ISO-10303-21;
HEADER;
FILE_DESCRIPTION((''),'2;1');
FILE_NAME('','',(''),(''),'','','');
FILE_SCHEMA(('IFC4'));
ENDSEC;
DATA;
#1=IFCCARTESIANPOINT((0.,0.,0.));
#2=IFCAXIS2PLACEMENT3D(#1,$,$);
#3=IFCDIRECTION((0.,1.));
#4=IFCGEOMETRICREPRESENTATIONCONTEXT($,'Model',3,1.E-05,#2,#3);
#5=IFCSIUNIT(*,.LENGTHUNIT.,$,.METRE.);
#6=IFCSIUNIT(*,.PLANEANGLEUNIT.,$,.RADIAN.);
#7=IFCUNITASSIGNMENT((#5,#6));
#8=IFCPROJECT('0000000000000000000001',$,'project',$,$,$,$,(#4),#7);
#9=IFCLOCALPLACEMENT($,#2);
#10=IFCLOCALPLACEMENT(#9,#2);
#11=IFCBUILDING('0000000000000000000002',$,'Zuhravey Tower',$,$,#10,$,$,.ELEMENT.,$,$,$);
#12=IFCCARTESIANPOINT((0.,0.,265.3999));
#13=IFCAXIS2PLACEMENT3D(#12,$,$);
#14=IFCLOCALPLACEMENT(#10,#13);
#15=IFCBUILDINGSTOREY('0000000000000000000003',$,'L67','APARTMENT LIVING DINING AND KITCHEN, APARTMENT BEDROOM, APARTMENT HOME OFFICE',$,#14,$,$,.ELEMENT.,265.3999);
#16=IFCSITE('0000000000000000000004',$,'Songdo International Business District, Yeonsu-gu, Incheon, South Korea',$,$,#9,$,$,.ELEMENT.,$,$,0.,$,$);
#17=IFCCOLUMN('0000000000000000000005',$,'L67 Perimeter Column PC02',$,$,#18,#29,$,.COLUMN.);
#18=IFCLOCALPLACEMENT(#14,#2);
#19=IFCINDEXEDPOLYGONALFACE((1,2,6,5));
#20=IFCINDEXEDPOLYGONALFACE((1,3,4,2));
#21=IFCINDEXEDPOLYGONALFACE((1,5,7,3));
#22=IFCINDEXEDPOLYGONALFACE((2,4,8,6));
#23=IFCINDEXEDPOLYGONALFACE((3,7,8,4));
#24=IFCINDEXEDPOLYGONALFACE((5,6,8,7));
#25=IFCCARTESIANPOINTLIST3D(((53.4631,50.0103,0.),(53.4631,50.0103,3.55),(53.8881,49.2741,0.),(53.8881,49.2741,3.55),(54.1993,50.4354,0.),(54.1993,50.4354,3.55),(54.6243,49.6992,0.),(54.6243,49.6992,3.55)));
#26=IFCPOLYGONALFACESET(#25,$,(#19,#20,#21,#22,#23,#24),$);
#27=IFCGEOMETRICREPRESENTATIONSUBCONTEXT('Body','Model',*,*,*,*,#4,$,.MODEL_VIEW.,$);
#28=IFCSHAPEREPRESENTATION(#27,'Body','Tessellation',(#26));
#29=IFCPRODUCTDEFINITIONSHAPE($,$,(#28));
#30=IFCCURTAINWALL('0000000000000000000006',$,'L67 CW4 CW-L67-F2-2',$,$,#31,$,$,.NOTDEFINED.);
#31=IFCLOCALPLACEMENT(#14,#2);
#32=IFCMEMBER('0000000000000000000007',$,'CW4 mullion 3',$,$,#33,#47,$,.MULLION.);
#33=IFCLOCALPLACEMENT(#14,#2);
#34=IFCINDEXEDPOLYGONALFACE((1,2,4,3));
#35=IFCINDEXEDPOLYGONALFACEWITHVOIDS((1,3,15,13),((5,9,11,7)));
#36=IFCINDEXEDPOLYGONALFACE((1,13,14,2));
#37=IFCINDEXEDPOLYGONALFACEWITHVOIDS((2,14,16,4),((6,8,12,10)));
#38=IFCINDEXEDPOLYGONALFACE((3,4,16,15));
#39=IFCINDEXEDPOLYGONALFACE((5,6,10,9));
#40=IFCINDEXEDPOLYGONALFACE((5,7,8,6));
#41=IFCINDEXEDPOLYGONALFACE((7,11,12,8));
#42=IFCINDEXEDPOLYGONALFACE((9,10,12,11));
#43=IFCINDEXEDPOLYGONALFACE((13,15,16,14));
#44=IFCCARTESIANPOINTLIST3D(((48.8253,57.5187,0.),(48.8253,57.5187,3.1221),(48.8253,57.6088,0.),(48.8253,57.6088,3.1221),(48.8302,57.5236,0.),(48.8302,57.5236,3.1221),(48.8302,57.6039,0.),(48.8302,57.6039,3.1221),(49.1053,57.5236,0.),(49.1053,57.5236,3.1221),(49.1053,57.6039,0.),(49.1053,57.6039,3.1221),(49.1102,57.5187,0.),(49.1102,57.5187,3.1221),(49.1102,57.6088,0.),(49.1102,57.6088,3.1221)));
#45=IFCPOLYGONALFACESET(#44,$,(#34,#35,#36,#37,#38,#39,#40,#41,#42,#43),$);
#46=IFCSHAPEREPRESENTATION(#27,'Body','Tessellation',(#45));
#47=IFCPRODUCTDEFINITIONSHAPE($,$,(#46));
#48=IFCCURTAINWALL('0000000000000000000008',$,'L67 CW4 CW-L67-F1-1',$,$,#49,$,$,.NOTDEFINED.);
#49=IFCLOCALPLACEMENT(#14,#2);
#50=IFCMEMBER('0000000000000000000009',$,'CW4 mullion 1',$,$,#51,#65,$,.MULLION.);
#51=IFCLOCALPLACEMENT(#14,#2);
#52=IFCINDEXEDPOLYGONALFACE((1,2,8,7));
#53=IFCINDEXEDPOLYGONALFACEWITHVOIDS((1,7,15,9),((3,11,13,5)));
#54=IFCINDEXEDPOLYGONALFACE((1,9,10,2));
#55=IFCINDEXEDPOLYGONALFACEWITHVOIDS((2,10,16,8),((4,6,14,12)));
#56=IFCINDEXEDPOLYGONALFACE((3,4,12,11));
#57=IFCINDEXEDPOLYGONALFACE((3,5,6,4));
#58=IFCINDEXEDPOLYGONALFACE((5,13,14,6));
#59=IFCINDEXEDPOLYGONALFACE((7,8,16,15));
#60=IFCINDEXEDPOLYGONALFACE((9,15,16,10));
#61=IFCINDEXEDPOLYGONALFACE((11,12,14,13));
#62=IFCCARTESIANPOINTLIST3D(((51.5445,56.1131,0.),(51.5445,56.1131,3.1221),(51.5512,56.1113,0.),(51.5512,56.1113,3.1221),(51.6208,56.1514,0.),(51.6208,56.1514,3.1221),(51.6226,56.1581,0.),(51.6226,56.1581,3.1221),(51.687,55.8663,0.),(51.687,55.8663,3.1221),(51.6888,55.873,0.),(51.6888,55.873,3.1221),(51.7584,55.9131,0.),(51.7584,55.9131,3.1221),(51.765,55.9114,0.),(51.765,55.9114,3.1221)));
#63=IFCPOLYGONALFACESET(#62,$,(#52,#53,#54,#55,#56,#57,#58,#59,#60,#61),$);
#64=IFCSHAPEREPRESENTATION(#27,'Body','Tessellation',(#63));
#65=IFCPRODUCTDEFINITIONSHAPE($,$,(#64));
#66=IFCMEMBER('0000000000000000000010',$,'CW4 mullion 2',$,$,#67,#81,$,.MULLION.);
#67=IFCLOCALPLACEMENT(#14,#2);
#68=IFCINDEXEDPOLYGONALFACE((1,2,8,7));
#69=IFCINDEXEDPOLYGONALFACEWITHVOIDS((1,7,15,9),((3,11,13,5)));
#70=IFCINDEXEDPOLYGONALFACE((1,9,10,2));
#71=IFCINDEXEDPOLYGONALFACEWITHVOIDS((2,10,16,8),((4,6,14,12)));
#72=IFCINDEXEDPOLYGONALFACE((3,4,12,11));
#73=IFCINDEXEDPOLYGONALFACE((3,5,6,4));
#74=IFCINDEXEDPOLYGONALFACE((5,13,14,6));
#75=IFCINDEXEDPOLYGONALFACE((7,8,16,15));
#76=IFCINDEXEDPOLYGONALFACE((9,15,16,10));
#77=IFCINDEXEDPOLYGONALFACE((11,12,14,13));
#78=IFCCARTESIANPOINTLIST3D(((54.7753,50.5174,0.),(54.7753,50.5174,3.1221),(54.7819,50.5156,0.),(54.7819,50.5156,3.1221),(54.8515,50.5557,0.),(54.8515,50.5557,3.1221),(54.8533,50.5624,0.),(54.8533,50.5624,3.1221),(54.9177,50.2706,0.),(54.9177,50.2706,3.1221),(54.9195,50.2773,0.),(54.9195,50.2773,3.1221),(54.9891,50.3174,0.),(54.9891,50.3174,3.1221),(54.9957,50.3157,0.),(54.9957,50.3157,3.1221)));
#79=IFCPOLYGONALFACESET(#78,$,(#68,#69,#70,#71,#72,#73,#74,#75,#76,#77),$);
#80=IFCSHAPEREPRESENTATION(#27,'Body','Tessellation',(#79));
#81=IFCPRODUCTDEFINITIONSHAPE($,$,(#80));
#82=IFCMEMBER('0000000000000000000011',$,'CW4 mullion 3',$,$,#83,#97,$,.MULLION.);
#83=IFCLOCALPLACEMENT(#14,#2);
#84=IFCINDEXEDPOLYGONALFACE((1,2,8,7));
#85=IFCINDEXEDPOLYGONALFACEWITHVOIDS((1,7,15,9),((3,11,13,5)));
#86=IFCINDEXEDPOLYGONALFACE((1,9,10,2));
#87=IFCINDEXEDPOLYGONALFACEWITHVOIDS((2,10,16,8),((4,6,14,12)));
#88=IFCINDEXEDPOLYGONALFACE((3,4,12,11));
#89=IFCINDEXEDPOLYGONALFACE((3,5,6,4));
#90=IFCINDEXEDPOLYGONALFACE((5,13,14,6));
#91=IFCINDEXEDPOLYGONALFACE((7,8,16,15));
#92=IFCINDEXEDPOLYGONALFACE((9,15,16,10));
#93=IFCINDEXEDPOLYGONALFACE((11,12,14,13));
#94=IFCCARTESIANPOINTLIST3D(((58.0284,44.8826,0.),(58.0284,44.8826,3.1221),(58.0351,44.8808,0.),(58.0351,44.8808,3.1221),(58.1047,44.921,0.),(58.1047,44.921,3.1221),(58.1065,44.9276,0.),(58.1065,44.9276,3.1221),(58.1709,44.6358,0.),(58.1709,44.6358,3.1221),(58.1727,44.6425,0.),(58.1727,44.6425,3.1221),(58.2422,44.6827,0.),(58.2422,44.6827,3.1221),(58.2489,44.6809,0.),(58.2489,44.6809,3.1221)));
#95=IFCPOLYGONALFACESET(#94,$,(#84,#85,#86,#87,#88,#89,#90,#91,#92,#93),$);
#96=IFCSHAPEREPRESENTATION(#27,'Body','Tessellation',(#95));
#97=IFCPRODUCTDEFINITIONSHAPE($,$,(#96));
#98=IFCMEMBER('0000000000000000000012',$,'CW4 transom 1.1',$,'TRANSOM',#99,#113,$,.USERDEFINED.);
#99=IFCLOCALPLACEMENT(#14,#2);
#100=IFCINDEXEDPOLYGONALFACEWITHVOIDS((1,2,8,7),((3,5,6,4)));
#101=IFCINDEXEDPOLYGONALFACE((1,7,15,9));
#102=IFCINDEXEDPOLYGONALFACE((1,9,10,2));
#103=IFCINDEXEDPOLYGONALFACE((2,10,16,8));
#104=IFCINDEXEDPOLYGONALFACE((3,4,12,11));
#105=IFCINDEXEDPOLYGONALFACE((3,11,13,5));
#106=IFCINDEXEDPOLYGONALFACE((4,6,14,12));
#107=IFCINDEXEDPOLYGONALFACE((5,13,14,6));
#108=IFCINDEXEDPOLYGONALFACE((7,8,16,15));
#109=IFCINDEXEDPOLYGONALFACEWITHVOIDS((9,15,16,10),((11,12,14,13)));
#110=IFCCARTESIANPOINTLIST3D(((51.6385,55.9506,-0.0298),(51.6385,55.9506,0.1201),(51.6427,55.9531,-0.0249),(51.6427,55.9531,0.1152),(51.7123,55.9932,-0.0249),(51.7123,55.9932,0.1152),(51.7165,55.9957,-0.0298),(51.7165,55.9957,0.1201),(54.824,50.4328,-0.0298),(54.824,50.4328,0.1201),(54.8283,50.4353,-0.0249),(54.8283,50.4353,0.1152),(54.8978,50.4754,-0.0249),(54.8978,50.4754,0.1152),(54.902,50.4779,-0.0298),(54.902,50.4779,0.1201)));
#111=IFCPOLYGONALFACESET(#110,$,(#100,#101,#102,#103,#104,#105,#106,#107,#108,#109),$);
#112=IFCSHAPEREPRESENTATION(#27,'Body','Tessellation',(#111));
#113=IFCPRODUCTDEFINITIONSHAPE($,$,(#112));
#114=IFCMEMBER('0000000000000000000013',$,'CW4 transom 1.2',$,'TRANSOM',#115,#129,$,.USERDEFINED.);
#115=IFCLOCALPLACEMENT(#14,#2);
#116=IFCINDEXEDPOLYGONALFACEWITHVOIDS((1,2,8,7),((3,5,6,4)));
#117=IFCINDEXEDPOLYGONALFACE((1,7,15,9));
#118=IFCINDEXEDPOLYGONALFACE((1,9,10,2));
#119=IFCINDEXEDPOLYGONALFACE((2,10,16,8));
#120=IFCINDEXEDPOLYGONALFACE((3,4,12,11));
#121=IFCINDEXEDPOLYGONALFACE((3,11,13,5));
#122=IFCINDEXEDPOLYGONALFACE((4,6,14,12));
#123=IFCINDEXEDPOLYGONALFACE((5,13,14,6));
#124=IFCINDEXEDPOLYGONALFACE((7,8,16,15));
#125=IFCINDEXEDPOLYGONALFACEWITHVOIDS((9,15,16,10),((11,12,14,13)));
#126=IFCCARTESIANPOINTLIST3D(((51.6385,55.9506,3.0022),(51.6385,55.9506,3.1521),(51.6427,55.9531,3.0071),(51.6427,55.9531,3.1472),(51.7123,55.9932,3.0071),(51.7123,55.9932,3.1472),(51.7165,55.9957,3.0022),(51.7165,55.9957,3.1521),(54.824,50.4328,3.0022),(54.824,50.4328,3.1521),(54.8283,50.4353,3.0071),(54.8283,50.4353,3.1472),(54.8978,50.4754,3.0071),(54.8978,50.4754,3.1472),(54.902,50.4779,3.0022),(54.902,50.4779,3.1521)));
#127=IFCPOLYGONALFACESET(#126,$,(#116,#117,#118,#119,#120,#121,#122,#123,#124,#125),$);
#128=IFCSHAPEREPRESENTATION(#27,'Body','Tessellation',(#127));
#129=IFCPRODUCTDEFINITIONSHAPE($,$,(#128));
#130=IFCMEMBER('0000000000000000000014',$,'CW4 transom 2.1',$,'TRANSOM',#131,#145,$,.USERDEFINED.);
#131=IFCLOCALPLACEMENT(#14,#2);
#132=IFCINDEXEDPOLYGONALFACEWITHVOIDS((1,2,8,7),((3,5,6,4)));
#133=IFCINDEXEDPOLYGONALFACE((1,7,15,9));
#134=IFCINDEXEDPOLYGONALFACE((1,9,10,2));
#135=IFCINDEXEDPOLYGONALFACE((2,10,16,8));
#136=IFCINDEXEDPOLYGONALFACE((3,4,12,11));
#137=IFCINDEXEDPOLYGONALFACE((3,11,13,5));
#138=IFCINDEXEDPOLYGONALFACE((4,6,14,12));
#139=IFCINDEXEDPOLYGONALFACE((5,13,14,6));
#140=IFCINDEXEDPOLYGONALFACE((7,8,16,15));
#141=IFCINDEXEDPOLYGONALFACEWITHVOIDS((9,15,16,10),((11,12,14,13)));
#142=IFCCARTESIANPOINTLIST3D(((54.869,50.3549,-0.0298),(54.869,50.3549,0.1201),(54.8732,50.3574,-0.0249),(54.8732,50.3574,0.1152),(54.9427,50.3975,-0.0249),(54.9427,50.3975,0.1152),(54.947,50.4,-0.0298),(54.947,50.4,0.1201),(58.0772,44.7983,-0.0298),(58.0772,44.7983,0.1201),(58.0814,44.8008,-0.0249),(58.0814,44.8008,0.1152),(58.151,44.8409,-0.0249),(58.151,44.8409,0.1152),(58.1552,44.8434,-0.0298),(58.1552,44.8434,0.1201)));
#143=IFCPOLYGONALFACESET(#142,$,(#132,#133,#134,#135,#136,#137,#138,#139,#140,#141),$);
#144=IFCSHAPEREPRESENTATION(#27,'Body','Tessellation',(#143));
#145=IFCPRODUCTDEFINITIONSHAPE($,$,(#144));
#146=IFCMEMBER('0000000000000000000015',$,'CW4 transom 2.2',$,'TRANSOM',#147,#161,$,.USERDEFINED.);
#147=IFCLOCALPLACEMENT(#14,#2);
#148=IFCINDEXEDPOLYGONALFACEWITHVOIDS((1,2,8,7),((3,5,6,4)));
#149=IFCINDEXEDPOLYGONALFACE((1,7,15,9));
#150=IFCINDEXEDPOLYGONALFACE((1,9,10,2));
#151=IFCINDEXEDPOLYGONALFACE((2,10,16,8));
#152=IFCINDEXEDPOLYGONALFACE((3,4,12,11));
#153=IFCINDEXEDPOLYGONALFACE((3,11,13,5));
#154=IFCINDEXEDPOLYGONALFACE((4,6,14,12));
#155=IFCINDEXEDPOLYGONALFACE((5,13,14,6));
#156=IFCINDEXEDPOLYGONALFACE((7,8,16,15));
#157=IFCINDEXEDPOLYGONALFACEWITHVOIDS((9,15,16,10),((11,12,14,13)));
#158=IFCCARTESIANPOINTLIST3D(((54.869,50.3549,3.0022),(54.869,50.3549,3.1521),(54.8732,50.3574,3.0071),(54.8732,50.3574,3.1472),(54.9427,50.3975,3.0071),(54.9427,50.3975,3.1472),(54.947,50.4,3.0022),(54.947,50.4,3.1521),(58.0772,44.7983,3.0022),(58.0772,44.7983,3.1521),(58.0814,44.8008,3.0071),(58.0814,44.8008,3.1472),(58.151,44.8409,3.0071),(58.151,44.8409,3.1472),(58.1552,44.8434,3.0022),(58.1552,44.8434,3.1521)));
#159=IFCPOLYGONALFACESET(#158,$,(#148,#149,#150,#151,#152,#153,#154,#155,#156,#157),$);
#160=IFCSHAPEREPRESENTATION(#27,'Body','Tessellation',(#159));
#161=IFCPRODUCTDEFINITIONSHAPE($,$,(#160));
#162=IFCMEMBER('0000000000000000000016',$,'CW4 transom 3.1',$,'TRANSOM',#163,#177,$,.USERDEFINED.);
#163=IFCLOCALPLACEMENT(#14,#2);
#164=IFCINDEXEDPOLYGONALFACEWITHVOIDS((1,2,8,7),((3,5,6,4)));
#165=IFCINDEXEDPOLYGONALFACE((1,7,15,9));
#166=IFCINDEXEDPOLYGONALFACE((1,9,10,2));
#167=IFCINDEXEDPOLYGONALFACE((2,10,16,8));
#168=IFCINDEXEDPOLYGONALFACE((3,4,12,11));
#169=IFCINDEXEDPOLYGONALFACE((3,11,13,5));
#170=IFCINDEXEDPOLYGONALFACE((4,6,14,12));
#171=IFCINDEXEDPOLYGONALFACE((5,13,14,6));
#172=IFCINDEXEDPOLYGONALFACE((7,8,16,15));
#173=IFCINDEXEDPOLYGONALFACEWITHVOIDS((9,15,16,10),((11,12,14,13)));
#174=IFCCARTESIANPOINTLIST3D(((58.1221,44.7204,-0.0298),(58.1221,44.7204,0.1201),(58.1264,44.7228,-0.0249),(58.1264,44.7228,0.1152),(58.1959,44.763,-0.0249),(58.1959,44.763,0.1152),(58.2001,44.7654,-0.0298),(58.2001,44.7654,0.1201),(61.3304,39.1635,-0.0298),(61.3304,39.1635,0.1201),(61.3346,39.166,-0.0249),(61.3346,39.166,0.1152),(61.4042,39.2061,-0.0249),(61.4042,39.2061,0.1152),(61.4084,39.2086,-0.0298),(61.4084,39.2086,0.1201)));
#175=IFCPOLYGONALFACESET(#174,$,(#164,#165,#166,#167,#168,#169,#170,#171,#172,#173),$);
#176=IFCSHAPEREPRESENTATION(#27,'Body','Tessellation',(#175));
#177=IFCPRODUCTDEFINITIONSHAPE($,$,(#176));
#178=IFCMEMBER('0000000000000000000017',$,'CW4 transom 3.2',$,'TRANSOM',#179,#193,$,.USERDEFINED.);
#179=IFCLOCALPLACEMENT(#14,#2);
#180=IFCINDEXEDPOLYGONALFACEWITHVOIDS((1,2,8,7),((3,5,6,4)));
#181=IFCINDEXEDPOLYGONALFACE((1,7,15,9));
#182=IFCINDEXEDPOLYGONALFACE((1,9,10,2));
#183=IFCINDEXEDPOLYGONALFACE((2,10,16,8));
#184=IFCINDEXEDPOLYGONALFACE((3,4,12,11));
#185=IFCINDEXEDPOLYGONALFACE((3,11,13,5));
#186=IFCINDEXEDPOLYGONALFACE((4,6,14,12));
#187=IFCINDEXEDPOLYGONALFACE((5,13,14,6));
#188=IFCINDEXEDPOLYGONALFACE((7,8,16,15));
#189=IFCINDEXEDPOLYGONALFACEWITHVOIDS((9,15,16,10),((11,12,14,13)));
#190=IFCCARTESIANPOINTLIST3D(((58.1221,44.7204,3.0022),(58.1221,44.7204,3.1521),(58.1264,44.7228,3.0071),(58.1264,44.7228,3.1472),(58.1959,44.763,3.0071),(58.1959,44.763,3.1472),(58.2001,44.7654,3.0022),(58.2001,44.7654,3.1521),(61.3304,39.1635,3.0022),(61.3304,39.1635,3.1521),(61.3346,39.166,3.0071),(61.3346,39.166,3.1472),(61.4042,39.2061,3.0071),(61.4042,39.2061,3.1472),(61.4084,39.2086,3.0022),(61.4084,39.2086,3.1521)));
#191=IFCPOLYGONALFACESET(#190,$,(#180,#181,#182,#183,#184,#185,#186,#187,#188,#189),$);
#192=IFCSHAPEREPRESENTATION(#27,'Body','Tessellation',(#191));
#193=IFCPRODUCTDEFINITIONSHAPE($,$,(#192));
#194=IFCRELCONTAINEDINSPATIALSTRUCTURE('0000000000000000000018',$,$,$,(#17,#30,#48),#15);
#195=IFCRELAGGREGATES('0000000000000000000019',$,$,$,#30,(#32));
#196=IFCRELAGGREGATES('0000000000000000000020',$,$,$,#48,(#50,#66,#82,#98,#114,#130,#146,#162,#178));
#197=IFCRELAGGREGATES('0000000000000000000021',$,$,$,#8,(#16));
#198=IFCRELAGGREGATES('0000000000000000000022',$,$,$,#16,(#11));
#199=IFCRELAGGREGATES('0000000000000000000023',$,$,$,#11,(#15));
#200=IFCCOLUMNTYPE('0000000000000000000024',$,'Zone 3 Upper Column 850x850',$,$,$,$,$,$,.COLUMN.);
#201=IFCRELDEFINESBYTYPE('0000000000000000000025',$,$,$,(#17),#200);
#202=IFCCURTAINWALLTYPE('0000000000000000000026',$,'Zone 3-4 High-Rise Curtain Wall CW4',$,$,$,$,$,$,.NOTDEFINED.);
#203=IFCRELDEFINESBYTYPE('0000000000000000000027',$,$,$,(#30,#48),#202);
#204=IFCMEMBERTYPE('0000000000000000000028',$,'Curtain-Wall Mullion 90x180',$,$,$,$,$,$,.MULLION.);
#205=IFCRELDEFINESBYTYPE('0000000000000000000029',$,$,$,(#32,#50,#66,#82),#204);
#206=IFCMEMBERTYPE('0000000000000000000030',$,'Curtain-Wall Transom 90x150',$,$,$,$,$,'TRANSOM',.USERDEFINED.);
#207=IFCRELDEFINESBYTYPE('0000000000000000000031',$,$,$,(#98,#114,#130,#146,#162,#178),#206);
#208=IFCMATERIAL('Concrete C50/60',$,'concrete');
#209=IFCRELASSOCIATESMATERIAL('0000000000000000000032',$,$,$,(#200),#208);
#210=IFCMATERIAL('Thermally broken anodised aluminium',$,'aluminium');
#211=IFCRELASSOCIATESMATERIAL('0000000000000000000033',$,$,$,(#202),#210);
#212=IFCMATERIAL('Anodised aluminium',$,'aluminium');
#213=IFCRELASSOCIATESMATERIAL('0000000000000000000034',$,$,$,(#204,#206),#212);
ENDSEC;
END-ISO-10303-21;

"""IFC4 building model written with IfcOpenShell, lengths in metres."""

from ifc_helpers import new_model, si_unit, direction, frame, origin, origin_2d, place, context, subcontext, project, spatial, rectangle, hollow_rectangle, extrude, material, material_profile, profile_set, type_object, element, aggregate, save


model = new_model("IFC4")

# Units and contexts
model_context = context("Model", 3, precision=1e-05, world=origin(), true_north=direction((0.0, 1.0)))
body_context = subcontext(model_context, "Body", "Model", "MODEL_VIEW")
ifc_project = project(units=[si_unit("LENGTHUNIT", "METRE"), si_unit("PLANEANGLEUNIT", "RADIAN")], contexts=[model_context])

# Site, building, storey
site_placement = place(None, origin())
site = spatial("IfcSite", under=ifc_project, at=site_placement, Name="Songdo International Business District, Yeonsu-gu, Incheon, South Korea", CompositionType="ELEMENT", RefElevation=0.0)
building_placement = place(site_placement, origin())
building = spatial("IfcBuilding", under=site, at=building_placement, Name="Zuhravey Tower", CompositionType="ELEMENT")
storey_placement = place(building_placement, frame((0.0, 0.0, 265.3999)))
storey = spatial("IfcBuildingStorey", under=building, at=storey_placement, Name="L67", Description="APARTMENT LIVING DINING AND KITCHEN, APARTMENT BEDROOM, APARTMENT HOME OFFICE", CompositionType="ELEMENT", Elevation=265.3999)

# Column
ifc_material_1 = material(Name="Concrete C50/60", Category="concrete")
ifc_material_profile_1 = material_profile(ifc_material_1, rectangle(XDim=0.8501, YDim=0.8501, at=origin_2d()), Name="RC-850x850")
ifc_profile_set_1 = profile_set([ifc_material_profile_1], Name="Concrete C50/60")
column_type = type_object("IfcColumnType", Name="Zone 3 Upper Column 850x850", PredefinedType="COLUMN", material=ifc_profile_set_1)
column_placement = place(storey_placement, frame((54.0437, 49.8547, 0.0), z_axis=(0.0, 0.0, 1.0), x_axis=(-0.5, 0.866025, 0.0)))
element("IfcColumn", 1, at=column_placement, inside=storey, type_object=column_type, Name="L67 Perimeter Column PC02", PredefinedType="COLUMN", context=body_context, shape_type="SweptSolid", body=[
    extrude(rectangle(XDim=0.8501, YDim=0.8501, at=origin_2d()), origin(), (0.0, 0.0, 1.0), 3.55),
])

# Curtain wall, member
ifc_material_2 = material(Name="Thermally broken anodised aluminium", Category="aluminium")
curtain_wall_type = type_object("IfcCurtainWallType", Name="Zone 3-4 High-Rise Curtain Wall CW4", PredefinedType="NOTDEFINED", material=ifc_material_2)
curtain_wall_1_placement = place(storey_placement, origin())
curtain_wall_1 = element("IfcCurtainWall", 2, at=curtain_wall_1_placement, inside=storey, type_object=curtain_wall_type, Name="L67 CW4 CW-L67-F2-2", PredefinedType="NOTDEFINED")
ifc_material_3 = material(Name="Anodised aluminium", Category="aluminium")
ifc_material_profile_2 = material_profile(ifc_material_3, hollow_rectangle(XDim=0.0901, YDim=0.2849, WallThickness=0.0049, at=origin_2d()), Name="ALU-RHS-90x285x5")
ifc_profile_set_2 = profile_set([ifc_material_profile_2], Name="Anodised aluminium")
member_type_1 = type_object("IfcMemberType", Name="Curtain-Wall Mullion 90x180", PredefinedType="MULLION", material=ifc_profile_set_2)
member_1_placement = place(storey_placement, frame((48.9678, 57.5637, 0.0), z_axis=(0.0, 0.0, 1.0), x_axis=(0.0, 1.0, 0.0)))
member_1 = element("IfcMember", 3, at=member_1_placement, type_object=member_type_1, Name="CW4 mullion 3", PredefinedType="MULLION", context=body_context, shape_type="SweptSolid", body=[
    extrude(hollow_rectangle(XDim=0.0901, YDim=0.2849, WallThickness=0.0049, at=origin_2d()), origin(), (0.0, 0.0, 1.0), 3.1221),
])
aggregate(curtain_wall_1, [member_1])

# Curtain wall, members
curtain_wall_2_placement = place(storey_placement, origin())
curtain_wall_2 = element("IfcCurtainWall", 4, at=curtain_wall_2_placement, inside=storey, type_object=curtain_wall_type, Name="L67 CW4 CW-L67-F1-1", PredefinedType="NOTDEFINED")
member_2_placement = place(storey_placement, frame((51.6548, 56.0122, 0.0), z_axis=(0.0, 0.0, 1.0), x_axis=(0.866025, 0.500001, 0.0)))
member_2 = element("IfcMember", 5, at=member_2_placement, type_object=member_type_1, Name="CW4 mullion 1", PredefinedType="MULLION", context=body_context, shape_type="SweptSolid", body=[
    extrude(hollow_rectangle(XDim=0.0901, YDim=0.2849, WallThickness=0.0049, at=origin_2d()), origin(), (0.0, 0.0, 1.0), 3.1221),
])
member_3_placement = place(storey_placement, frame((54.8855, 50.4165, 0.0), z_axis=(0.0, 0.0, 1.0), x_axis=(0.866025, 0.500001, 0.0)))
member_3 = element("IfcMember", 6, at=member_3_placement, type_object=member_type_1, Name="CW4 mullion 2", PredefinedType="MULLION", context=body_context, shape_type="SweptSolid", body=[
    extrude(hollow_rectangle(XDim=0.0901, YDim=0.2849, WallThickness=0.0049, at=origin_2d()), origin(), (0.0, 0.0, 1.0), 3.1221),
])
member_4_placement = place(storey_placement, frame((58.1387, 44.7817, 0.0), z_axis=(0.0, 0.0, 1.0), x_axis=(0.866025, 0.500001, 0.0)))
member_4 = element("IfcMember", 7, at=member_4_placement, type_object=member_type_1, Name="CW4 mullion 3", PredefinedType="MULLION", context=body_context, shape_type="SweptSolid", body=[
    extrude(hollow_rectangle(XDim=0.0901, YDim=0.2849, WallThickness=0.0049, at=origin_2d()), origin(), (0.0, 0.0, 1.0), 3.1221),
])
ifc_material_profile_3 = material_profile(ifc_material_3, hollow_rectangle(XDim=0.0901, YDim=0.1499, WallThickness=0.0049, at=origin_2d()), Name="ALU-RHS-90x150x5")
ifc_profile_set_3 = profile_set([ifc_material_profile_3], Name="Anodised aluminium")
member_type_2 = type_object("IfcMemberType", Name="Curtain-Wall Transom 90x150", ElementType="TRANSOM", PredefinedType="USERDEFINED", material=ifc_profile_set_3)
member_5_placement = place(storey_placement, frame((51.6775, 55.9731, 0.0452), z_axis=(0.49998, -0.866037, 0.0), x_axis=(0.866037, 0.49998, 0.0)))
member_5 = element("IfcMember", 8, at=member_5_placement, type_object=member_type_2, Name="CW4 transom 1.1", ObjectType="TRANSOM", PredefinedType="USERDEFINED", context=body_context, shape_type="SweptSolid", body=[
    extrude(hollow_rectangle(XDim=0.0901, YDim=0.1499, WallThickness=0.0049, at=origin_2d()), origin(), (0.0, 0.0, 1.0), 6.3713),
])
member_6_placement = place(storey_placement, frame((51.6775, 55.9731, 3.0771), z_axis=(0.49998, -0.866037, 0.0), x_axis=(0.866037, 0.49998, 0.0)))
member_6 = element("IfcMember", 9, at=member_6_placement, type_object=member_type_2, Name="CW4 transom 1.2", ObjectType="TRANSOM", PredefinedType="USERDEFINED", context=body_context, shape_type="SweptSolid", body=[
    extrude(hollow_rectangle(XDim=0.0901, YDim=0.1499, WallThickness=0.0049, at=origin_2d()), origin(), (0.0, 0.0, 1.0), 6.3713),
])
member_7_placement = place(storey_placement, frame((54.908, 50.3774, 0.0452), z_axis=(0.500014, -0.866017, 0.0), x_axis=(0.866017, 0.500014, 0.0)))
member_7 = element("IfcMember", 10, at=member_7_placement, type_object=member_type_2, Name="CW4 transom 2.1", ObjectType="TRANSOM", PredefinedType="USERDEFINED", context=body_context, shape_type="SweptSolid", body=[
    extrude(hollow_rectangle(XDim=0.0901, YDim=0.1499, WallThickness=0.0049, at=origin_2d()), origin(), (0.0, 0.0, 1.0), 6.4163),
])
member_8_placement = place(storey_placement, frame((54.908, 50.3774, 3.0771), z_axis=(0.500014, -0.866017, 0.0), x_axis=(0.866017, 0.500014, 0.0)))
member_8 = element("IfcMember", 11, at=member_8_placement, type_object=member_type_2, Name="CW4 transom 2.2", ObjectType="TRANSOM", PredefinedType="USERDEFINED", context=body_context, shape_type="SweptSolid", body=[
    extrude(hollow_rectangle(XDim=0.0901, YDim=0.1499, WallThickness=0.0049, at=origin_2d()), origin(), (0.0, 0.0, 1.0), 6.4163),
])
member_9_placement = place(storey_placement, frame((58.1611, 44.7429, 0.0452), z_axis=(0.499998, -0.866027, 0.0), x_axis=(0.866027, 0.499998, 0.0)))
member_9 = element("IfcMember", 12, at=member_9_placement, type_object=member_type_2, Name="CW4 transom 3.1", ObjectType="TRANSOM", PredefinedType="USERDEFINED", context=body_context, shape_type="SweptSolid", body=[
    extrude(hollow_rectangle(XDim=0.0901, YDim=0.1499, WallThickness=0.0049, at=origin_2d()), origin(), (0.0, 0.0, 1.0), 6.4165),
])
member_10_placement = place(storey_placement, frame((58.1611, 44.7429, 3.0771), z_axis=(0.499998, -0.866027, 0.0), x_axis=(0.866027, 0.499998, 0.0)))
member_10 = element("IfcMember", 13, at=member_10_placement, type_object=member_type_2, Name="CW4 transom 3.2", ObjectType="TRANSOM", PredefinedType="USERDEFINED", context=body_context, shape_type="SweptSolid", body=[
    extrude(hollow_rectangle(XDim=0.0901, YDim=0.1499, WallThickness=0.0049, at=origin_2d()), origin(), (0.0, 0.0, 1.0), 6.4165),
])

aggregate(curtain_wall_2, [member_2, member_3, member_4, member_5, member_6, member_7, member_8, member_9, member_10])

save(model, "model.ifc")
